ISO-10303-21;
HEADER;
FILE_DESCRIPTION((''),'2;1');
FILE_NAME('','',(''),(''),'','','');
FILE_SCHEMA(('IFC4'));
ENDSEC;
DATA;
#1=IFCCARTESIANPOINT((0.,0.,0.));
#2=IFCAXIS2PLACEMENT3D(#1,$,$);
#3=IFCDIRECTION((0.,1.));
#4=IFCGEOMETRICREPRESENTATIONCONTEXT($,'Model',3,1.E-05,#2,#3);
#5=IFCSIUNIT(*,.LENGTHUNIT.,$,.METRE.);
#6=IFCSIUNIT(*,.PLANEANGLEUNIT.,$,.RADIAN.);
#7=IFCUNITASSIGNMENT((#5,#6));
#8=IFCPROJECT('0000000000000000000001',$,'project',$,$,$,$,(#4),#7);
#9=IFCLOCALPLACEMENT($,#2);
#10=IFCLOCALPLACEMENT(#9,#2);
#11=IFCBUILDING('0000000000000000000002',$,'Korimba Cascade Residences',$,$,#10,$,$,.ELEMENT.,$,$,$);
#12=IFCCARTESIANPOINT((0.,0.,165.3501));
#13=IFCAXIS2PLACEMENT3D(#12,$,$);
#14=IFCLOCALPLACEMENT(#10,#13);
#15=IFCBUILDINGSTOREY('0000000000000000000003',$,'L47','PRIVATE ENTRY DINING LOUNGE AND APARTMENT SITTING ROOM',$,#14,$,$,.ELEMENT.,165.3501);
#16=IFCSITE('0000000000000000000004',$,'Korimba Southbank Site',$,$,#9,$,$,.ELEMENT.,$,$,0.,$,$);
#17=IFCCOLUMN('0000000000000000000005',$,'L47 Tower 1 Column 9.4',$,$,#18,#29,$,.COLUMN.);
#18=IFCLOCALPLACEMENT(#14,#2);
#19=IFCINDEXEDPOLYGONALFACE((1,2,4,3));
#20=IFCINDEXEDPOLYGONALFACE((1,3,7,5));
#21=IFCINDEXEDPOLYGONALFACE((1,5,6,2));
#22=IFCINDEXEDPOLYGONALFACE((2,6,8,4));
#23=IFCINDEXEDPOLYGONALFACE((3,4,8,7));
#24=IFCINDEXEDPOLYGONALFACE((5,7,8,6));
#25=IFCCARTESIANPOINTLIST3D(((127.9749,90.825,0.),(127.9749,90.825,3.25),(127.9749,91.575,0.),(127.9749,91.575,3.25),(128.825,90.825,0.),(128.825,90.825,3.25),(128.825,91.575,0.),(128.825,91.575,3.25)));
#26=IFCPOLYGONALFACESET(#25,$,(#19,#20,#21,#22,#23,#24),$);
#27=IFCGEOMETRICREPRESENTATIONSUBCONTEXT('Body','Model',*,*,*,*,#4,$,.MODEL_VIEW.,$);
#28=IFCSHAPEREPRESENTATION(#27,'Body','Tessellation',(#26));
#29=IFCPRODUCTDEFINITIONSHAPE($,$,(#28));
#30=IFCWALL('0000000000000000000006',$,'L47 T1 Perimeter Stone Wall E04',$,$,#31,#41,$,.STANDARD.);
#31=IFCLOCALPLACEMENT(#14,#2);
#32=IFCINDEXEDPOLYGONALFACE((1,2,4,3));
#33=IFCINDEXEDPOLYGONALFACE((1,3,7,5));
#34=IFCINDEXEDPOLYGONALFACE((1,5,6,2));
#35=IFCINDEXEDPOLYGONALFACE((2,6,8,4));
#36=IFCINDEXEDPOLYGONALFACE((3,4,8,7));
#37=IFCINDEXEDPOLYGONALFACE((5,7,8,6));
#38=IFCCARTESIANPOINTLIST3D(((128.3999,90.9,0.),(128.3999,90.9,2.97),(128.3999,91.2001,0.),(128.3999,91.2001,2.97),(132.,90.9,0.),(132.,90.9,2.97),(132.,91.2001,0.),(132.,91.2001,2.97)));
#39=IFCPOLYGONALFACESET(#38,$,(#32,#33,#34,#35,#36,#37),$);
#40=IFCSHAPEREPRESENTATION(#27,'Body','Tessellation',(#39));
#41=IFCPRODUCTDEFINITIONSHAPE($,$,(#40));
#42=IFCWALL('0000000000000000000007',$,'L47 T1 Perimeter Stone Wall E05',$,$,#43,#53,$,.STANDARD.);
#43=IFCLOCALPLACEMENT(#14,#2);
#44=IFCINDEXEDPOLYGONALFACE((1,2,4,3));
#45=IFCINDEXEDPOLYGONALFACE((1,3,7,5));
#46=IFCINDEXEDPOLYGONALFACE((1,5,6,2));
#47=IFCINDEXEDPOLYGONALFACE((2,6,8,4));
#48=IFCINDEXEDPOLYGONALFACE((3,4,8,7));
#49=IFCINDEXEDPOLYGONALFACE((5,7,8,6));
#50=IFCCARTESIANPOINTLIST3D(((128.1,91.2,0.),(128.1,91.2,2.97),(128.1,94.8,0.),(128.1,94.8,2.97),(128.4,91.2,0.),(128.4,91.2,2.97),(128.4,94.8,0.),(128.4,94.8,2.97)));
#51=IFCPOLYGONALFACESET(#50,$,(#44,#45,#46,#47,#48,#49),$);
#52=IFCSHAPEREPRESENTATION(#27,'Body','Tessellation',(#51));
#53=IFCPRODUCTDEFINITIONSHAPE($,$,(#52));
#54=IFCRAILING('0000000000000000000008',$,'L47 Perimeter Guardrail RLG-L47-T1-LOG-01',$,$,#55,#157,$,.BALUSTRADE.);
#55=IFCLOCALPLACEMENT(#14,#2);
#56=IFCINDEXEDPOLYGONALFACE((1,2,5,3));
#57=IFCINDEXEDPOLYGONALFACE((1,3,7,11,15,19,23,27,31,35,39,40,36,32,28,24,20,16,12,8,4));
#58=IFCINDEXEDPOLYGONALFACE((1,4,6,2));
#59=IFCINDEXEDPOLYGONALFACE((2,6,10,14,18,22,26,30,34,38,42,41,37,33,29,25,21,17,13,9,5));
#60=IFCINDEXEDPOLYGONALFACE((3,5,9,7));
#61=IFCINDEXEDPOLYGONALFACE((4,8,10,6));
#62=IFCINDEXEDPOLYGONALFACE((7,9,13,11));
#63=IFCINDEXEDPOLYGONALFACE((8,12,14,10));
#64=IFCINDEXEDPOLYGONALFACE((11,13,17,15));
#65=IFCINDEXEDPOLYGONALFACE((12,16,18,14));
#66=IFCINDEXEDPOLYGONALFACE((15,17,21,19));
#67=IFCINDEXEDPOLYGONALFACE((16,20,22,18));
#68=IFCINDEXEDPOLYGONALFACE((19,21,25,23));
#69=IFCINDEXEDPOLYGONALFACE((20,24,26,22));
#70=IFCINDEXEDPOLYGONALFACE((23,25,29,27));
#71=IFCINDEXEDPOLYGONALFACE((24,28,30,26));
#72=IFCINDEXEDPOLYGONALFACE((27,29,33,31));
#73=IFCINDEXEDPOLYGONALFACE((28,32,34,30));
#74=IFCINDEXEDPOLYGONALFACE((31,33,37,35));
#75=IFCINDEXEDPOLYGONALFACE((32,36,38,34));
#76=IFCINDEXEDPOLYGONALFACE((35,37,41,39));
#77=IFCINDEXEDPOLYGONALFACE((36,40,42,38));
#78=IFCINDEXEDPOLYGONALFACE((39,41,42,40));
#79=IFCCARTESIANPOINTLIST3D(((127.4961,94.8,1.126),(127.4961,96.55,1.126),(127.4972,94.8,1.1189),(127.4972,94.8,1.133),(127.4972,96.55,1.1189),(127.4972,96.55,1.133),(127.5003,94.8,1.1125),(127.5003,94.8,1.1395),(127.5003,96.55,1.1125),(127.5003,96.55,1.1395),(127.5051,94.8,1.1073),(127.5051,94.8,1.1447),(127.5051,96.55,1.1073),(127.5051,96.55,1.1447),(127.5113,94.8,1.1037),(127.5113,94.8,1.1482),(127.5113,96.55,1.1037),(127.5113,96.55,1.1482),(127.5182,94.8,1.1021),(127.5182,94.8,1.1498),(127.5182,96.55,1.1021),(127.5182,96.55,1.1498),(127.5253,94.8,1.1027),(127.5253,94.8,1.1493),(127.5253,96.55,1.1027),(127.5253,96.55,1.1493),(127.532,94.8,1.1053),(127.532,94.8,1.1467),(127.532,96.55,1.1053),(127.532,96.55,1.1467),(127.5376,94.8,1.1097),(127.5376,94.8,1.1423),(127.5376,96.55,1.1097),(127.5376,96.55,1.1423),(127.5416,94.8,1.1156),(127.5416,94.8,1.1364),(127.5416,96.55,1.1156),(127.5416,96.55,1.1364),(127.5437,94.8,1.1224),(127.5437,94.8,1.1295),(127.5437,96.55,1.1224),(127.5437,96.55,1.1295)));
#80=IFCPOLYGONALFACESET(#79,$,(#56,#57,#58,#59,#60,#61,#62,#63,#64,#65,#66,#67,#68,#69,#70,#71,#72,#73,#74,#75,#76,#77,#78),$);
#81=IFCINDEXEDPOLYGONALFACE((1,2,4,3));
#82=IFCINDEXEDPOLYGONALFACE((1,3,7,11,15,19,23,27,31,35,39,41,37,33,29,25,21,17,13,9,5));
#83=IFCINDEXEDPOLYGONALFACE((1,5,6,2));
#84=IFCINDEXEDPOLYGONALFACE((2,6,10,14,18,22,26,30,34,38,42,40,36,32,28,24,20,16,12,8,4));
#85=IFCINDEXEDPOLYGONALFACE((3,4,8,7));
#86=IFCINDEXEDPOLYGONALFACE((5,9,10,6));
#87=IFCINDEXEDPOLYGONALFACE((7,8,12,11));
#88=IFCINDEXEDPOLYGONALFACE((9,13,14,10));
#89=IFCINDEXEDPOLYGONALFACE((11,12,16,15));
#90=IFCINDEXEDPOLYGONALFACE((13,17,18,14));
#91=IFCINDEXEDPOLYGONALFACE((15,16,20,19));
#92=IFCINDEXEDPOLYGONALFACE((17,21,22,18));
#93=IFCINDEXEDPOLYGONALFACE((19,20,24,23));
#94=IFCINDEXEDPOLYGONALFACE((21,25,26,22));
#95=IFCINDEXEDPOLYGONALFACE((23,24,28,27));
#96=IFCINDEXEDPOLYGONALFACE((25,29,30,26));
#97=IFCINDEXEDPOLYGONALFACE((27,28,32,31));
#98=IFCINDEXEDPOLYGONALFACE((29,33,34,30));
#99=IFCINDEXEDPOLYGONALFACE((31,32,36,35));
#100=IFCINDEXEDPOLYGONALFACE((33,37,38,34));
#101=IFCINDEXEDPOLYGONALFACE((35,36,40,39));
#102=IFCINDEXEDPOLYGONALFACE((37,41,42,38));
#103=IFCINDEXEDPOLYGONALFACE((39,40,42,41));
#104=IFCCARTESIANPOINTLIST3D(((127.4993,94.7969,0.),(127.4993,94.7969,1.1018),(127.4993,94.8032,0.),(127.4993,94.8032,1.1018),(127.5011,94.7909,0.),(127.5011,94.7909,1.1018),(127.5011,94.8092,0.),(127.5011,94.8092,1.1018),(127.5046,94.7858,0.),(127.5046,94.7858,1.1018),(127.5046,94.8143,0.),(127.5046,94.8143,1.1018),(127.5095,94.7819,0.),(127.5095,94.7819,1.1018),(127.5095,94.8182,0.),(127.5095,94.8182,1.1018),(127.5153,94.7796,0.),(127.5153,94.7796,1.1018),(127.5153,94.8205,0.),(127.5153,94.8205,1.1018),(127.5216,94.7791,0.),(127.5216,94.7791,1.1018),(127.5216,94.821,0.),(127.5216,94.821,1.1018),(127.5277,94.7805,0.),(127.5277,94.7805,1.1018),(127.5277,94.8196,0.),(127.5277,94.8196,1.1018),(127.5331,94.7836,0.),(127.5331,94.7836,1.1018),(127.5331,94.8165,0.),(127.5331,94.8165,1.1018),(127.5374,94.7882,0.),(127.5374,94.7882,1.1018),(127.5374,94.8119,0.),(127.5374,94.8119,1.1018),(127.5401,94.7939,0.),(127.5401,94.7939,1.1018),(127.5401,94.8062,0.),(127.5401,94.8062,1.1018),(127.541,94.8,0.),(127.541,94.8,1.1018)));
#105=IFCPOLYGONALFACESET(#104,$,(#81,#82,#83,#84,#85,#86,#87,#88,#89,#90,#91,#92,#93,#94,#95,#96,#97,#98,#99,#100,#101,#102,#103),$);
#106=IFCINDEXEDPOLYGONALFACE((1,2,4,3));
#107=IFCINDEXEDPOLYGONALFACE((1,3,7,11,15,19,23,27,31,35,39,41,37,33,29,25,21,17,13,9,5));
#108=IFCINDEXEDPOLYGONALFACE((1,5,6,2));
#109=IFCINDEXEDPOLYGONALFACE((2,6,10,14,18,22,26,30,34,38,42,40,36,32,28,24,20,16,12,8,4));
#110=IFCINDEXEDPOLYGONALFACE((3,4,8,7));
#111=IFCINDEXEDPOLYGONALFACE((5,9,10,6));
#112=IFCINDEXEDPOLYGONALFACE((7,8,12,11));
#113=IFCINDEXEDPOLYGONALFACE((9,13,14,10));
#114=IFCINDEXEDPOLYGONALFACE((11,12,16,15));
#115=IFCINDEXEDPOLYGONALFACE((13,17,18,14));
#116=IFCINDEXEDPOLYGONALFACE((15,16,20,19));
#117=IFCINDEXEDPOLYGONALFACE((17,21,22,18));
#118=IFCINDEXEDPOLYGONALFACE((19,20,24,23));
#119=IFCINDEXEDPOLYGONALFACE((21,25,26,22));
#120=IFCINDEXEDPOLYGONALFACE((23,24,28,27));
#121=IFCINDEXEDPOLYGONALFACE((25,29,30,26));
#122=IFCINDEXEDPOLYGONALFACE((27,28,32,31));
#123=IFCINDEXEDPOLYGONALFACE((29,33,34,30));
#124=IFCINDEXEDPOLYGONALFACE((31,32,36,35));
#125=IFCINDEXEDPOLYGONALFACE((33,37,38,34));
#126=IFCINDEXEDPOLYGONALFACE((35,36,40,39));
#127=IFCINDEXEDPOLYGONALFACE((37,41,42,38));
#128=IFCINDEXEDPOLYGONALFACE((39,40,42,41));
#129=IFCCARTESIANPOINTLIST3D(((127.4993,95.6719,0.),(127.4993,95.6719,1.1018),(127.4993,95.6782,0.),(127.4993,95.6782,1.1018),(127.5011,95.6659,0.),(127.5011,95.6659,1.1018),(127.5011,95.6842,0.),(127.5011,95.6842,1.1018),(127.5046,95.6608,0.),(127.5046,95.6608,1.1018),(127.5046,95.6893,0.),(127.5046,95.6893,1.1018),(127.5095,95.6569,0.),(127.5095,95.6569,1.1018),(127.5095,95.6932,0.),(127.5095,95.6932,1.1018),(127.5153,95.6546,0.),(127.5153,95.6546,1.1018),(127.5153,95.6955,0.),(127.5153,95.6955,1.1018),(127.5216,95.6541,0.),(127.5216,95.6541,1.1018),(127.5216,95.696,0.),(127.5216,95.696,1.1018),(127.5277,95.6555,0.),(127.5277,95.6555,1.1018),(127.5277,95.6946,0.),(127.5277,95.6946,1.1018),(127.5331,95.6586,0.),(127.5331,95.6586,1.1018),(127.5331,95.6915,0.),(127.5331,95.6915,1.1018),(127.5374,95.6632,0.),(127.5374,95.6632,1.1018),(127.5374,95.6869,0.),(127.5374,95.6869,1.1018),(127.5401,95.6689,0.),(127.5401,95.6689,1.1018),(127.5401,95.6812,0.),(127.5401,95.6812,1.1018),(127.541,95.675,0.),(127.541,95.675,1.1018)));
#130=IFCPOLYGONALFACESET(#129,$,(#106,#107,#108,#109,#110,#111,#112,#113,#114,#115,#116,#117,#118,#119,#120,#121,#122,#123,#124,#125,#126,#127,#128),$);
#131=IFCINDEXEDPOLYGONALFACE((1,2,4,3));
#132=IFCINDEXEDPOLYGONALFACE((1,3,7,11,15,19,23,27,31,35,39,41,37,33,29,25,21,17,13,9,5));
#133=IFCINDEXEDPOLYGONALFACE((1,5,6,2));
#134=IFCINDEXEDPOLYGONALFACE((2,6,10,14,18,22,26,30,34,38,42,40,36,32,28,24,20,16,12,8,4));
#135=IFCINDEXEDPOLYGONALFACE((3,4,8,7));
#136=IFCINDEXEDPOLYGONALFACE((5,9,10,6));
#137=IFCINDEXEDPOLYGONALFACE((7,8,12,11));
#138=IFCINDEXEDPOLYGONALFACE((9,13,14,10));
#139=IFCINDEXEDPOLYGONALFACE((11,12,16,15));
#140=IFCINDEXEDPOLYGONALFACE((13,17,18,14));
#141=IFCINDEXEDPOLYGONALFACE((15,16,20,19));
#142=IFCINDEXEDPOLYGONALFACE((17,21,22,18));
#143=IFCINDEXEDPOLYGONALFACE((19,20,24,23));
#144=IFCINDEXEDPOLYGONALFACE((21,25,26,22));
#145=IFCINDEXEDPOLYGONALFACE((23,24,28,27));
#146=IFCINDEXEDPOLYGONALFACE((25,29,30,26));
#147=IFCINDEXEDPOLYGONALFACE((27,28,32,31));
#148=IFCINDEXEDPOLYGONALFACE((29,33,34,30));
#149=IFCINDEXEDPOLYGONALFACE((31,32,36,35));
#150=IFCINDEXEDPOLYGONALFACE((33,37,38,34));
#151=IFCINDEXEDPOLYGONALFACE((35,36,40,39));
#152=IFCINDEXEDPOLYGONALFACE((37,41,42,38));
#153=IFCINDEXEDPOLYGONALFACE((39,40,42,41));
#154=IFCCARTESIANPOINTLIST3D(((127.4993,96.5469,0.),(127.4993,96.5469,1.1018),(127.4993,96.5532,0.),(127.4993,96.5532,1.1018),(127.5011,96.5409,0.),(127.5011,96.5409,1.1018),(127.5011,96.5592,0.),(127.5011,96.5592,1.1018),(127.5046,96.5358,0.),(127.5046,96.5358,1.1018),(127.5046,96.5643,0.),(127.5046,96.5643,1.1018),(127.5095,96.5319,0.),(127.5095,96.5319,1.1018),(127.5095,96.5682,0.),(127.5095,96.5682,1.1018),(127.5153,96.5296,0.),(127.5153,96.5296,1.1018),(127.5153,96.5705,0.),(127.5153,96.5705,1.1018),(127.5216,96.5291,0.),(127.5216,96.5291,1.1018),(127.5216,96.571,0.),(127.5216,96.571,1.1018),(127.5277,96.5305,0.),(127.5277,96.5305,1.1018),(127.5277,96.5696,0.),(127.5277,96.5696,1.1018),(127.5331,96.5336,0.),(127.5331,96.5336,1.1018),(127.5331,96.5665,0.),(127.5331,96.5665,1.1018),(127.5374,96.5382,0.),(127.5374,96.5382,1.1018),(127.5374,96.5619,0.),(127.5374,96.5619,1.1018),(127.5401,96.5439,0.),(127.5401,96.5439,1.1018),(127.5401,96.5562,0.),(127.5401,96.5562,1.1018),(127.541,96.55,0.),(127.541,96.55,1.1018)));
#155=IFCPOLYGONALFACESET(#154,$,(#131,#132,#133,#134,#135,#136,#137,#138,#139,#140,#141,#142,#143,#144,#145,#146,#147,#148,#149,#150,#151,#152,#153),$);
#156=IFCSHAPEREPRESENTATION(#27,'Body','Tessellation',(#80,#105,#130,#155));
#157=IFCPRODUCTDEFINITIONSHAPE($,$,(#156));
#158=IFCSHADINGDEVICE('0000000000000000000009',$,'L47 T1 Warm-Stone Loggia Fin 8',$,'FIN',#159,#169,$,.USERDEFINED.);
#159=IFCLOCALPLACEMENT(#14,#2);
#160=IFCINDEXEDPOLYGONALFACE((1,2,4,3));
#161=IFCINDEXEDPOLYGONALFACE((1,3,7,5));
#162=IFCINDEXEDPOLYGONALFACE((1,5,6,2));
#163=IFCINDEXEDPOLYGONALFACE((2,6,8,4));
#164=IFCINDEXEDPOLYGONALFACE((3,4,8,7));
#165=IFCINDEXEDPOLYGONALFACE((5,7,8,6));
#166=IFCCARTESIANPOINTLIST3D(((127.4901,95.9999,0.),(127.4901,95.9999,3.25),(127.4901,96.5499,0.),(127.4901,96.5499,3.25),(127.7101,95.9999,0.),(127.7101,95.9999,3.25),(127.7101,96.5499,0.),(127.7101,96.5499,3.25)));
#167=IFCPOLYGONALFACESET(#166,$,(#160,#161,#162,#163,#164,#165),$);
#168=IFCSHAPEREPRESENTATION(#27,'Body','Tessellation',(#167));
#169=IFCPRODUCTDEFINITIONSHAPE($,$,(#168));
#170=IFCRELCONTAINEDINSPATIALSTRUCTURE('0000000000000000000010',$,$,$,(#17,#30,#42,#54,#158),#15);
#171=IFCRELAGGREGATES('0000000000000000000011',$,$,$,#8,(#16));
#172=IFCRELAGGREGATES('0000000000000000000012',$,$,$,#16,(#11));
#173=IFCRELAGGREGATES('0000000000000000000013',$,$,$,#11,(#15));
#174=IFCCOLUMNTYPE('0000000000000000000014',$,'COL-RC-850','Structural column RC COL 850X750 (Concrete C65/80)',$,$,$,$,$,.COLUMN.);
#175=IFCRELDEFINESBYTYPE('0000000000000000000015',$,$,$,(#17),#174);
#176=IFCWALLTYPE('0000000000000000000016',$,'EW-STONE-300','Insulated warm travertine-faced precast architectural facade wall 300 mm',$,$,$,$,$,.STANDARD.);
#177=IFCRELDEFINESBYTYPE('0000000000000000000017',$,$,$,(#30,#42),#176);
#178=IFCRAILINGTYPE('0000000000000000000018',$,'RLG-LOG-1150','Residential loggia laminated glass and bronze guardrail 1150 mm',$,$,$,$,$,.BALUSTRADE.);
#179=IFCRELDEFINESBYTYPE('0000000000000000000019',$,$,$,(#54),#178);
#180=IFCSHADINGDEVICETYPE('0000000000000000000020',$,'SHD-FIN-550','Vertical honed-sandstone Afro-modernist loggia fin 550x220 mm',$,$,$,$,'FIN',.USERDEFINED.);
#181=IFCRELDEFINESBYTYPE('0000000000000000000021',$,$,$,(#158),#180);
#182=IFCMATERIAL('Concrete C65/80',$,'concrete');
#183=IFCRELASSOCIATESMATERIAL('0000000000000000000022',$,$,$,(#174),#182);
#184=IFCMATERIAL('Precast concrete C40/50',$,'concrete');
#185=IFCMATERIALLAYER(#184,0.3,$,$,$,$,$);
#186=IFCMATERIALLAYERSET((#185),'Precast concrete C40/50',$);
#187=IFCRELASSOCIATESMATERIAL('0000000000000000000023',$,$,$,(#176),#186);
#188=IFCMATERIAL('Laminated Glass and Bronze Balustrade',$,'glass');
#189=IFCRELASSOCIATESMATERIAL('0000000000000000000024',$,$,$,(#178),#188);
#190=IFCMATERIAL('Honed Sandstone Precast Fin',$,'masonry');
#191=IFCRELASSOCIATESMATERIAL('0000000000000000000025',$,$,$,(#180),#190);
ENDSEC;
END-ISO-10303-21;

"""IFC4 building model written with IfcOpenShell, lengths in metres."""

from ifc_helpers import new_model, si_unit, direction, frame, frame_2d, origin, origin_2d, place, context, subcontext, project, spatial, rectangle, circle, extrude, material, layer, layer_set, material_profile, profile_set, type_object, element, save


model = new_model("IFC4")

# Units and contexts
model_context = context("Model", 3, precision=1e-05, world=origin(), true_north=direction((0.0, 1.0)))
body_context = subcontext(model_context, "Body", "Model", "MODEL_VIEW")
ifc_project = project(units=[si_unit("LENGTHUNIT", "METRE"), si_unit("PLANEANGLEUNIT", "RADIAN")], contexts=[model_context])

# Site, building, storey
site_placement = place(None, origin())
site = spatial("IfcSite", under=ifc_project, at=site_placement, Name="Korimba Southbank Site", CompositionType="ELEMENT", RefElevation=0.0)
building_placement = place(site_placement, origin())
building = spatial("IfcBuilding", under=site, at=building_placement, Name="Korimba Cascade Residences", CompositionType="ELEMENT")
storey_placement = place(building_placement, frame((0.0, 0.0, 165.3501)))
storey = spatial("IfcBuildingStorey", under=building, at=storey_placement, Name="L47", Description="PRIVATE ENTRY DINING LOUNGE AND APARTMENT SITTING ROOM", CompositionType="ELEMENT", Elevation=165.3501)

# Column
ifc_material_1 = material(Name="Concrete C65/80", Category="concrete")
ifc_material_profile = material_profile(ifc_material_1, rectangle(XDim=0.8501, YDim=0.75, at=origin_2d()), Name="Concrete C65/80")
ifc_profile_set = profile_set([ifc_material_profile], Name="Concrete C65/80")
column_type = type_object("IfcColumnType", Name="COL-RC-850", Description="Structural column RC COL 850X750 (Concrete C65/80)", PredefinedType="COLUMN", material=ifc_profile_set)
column_placement = place(storey_placement, frame((128.3999, 91.2, 0.0), z_axis=(0.0, 0.0, 1.0), x_axis=(1.0, 0.0, 0.0)))
element("IfcColumn", 1, at=column_placement, inside=storey, type_object=column_type, Name="L47 Tower 1 Column 9.4", PredefinedType="COLUMN", context=body_context, shape_type="SweptSolid", body=[
    extrude(rectangle(XDim=0.8501, YDim=0.75, at=origin_2d()), origin(), (0.0, 0.0, 1.0), 3.25),
])

# Shared definitions
ifc_material_2 = material(Name="Precast concrete C40/50", Category="concrete")

# Walls
ifc_layer_1 = layer(ifc_material_2, 0.3)
ifc_layer_set_1 = layer_set([ifc_layer_1], Name="Precast concrete C40/50")
wall_type_1 = type_object("IfcWallType", Name="EW-STONE-300", Description="Insulated warm travertine-faced precast architectural facade wall 300 mm", PredefinedType="STANDARD", material=ifc_layer_set_1)
for number, where, z_axis, x_axis, name in (
    (2, (132.0, 91.05, 0.0), (0.0, 0.0, 1.0), (-1.0, 0.0, 0.0), "L47 T1 Perimeter Stone Wall E04"),
    (3, (128.25, 91.2, 0.0), (0.0, 0.0, 1.0), (0.0, 1.0, 0.0), "L47 T1 Perimeter Stone Wall E05"),
):
    element("IfcWall", number, at=place(storey_placement, frame(where, z_axis=z_axis, x_axis=x_axis)), inside=storey, type_object=wall_type_1, Name=name, PredefinedType="STANDARD", context=body_context, shape_type="SweptSolid", body=[
        extrude(rectangle(XDim=3.6001, YDim=0.3, at=frame_2d((1.8, 0.0))), origin(), (0.0, 0.0, 1.0), 2.97),
    ])

# Railing
ifc_material_3 = material(Name="Laminated Glass and Bronze Balustrade", Category="glass")
railing_type = type_object("IfcRailingType", Name="RLG-LOG-1150", Description="Residential loggia laminated glass and bronze guardrail 1150 mm", PredefinedType="BALUSTRADE", material=ifc_material_3)
railing_1_placement = place(storey_placement, frame((127.52, 94.8, 0.0)))
element("IfcRailing", 4, at=railing_1_placement, inside=storey, type_object=railing_type, Name="L47 Perimeter Guardrail RLG-L47-T1-LOG-01", PredefinedType="BALUSTRADE", context=body_context, shape_type="SweptSolid", body=[
    extrude(circle(Radius=0.0239, at=origin_2d()), frame((0.0, 0.0, 1.126), z_axis=(0.0, 1.0, 0.0), x_axis=(-1.0, 0.0, 0.0)), (0.0, 0.0, 1.0), 1.75),
    extrude(circle(Radius=0.021, at=origin_2d()), origin(), (0.0, 0.0, 1.0), 1.1018),
    extrude(circle(Radius=0.021, at=origin_2d()), frame((0.0, 0.875, 0.0)), (0.0, 0.0, 1.0), 1.1018),
    extrude(circle(Radius=0.021, at=origin_2d()), frame((0.0, 1.75, 0.0)), (0.0, 0.0, 1.0), 1.1018),
])

# Shading device
ifc_material_4 = material(Name="Honed Sandstone Precast Fin", Category="masonry")
shading_device_type = type_object("IfcShadingDeviceType", Name="SHD-FIN-550", Description="Vertical honed-sandstone Afro-modernist loggia fin 550x220 mm", ElementType="FIN", PredefinedType="USERDEFINED", material=ifc_material_4)
shading_device_placement = place(storey_placement, frame((127.6001, 96.2749, 0.0), z_axis=(0.0, 0.0, 1.0), x_axis=(1.0, 0.0, 0.0)))
element("IfcShadingDevice", 5, at=shading_device_placement, inside=storey, type_object=shading_device_type, Name="L47 T1 Warm-Stone Loggia Fin 8", ObjectType="FIN", PredefinedType="USERDEFINED", context=body_context, shape_type="SweptSolid", body=[
    extrude(rectangle(XDim=0.22, YDim=0.55, at=origin_2d()), origin(), (0.0, 0.0, 1.0), 3.25),
])

save(model, "model.ifc")
